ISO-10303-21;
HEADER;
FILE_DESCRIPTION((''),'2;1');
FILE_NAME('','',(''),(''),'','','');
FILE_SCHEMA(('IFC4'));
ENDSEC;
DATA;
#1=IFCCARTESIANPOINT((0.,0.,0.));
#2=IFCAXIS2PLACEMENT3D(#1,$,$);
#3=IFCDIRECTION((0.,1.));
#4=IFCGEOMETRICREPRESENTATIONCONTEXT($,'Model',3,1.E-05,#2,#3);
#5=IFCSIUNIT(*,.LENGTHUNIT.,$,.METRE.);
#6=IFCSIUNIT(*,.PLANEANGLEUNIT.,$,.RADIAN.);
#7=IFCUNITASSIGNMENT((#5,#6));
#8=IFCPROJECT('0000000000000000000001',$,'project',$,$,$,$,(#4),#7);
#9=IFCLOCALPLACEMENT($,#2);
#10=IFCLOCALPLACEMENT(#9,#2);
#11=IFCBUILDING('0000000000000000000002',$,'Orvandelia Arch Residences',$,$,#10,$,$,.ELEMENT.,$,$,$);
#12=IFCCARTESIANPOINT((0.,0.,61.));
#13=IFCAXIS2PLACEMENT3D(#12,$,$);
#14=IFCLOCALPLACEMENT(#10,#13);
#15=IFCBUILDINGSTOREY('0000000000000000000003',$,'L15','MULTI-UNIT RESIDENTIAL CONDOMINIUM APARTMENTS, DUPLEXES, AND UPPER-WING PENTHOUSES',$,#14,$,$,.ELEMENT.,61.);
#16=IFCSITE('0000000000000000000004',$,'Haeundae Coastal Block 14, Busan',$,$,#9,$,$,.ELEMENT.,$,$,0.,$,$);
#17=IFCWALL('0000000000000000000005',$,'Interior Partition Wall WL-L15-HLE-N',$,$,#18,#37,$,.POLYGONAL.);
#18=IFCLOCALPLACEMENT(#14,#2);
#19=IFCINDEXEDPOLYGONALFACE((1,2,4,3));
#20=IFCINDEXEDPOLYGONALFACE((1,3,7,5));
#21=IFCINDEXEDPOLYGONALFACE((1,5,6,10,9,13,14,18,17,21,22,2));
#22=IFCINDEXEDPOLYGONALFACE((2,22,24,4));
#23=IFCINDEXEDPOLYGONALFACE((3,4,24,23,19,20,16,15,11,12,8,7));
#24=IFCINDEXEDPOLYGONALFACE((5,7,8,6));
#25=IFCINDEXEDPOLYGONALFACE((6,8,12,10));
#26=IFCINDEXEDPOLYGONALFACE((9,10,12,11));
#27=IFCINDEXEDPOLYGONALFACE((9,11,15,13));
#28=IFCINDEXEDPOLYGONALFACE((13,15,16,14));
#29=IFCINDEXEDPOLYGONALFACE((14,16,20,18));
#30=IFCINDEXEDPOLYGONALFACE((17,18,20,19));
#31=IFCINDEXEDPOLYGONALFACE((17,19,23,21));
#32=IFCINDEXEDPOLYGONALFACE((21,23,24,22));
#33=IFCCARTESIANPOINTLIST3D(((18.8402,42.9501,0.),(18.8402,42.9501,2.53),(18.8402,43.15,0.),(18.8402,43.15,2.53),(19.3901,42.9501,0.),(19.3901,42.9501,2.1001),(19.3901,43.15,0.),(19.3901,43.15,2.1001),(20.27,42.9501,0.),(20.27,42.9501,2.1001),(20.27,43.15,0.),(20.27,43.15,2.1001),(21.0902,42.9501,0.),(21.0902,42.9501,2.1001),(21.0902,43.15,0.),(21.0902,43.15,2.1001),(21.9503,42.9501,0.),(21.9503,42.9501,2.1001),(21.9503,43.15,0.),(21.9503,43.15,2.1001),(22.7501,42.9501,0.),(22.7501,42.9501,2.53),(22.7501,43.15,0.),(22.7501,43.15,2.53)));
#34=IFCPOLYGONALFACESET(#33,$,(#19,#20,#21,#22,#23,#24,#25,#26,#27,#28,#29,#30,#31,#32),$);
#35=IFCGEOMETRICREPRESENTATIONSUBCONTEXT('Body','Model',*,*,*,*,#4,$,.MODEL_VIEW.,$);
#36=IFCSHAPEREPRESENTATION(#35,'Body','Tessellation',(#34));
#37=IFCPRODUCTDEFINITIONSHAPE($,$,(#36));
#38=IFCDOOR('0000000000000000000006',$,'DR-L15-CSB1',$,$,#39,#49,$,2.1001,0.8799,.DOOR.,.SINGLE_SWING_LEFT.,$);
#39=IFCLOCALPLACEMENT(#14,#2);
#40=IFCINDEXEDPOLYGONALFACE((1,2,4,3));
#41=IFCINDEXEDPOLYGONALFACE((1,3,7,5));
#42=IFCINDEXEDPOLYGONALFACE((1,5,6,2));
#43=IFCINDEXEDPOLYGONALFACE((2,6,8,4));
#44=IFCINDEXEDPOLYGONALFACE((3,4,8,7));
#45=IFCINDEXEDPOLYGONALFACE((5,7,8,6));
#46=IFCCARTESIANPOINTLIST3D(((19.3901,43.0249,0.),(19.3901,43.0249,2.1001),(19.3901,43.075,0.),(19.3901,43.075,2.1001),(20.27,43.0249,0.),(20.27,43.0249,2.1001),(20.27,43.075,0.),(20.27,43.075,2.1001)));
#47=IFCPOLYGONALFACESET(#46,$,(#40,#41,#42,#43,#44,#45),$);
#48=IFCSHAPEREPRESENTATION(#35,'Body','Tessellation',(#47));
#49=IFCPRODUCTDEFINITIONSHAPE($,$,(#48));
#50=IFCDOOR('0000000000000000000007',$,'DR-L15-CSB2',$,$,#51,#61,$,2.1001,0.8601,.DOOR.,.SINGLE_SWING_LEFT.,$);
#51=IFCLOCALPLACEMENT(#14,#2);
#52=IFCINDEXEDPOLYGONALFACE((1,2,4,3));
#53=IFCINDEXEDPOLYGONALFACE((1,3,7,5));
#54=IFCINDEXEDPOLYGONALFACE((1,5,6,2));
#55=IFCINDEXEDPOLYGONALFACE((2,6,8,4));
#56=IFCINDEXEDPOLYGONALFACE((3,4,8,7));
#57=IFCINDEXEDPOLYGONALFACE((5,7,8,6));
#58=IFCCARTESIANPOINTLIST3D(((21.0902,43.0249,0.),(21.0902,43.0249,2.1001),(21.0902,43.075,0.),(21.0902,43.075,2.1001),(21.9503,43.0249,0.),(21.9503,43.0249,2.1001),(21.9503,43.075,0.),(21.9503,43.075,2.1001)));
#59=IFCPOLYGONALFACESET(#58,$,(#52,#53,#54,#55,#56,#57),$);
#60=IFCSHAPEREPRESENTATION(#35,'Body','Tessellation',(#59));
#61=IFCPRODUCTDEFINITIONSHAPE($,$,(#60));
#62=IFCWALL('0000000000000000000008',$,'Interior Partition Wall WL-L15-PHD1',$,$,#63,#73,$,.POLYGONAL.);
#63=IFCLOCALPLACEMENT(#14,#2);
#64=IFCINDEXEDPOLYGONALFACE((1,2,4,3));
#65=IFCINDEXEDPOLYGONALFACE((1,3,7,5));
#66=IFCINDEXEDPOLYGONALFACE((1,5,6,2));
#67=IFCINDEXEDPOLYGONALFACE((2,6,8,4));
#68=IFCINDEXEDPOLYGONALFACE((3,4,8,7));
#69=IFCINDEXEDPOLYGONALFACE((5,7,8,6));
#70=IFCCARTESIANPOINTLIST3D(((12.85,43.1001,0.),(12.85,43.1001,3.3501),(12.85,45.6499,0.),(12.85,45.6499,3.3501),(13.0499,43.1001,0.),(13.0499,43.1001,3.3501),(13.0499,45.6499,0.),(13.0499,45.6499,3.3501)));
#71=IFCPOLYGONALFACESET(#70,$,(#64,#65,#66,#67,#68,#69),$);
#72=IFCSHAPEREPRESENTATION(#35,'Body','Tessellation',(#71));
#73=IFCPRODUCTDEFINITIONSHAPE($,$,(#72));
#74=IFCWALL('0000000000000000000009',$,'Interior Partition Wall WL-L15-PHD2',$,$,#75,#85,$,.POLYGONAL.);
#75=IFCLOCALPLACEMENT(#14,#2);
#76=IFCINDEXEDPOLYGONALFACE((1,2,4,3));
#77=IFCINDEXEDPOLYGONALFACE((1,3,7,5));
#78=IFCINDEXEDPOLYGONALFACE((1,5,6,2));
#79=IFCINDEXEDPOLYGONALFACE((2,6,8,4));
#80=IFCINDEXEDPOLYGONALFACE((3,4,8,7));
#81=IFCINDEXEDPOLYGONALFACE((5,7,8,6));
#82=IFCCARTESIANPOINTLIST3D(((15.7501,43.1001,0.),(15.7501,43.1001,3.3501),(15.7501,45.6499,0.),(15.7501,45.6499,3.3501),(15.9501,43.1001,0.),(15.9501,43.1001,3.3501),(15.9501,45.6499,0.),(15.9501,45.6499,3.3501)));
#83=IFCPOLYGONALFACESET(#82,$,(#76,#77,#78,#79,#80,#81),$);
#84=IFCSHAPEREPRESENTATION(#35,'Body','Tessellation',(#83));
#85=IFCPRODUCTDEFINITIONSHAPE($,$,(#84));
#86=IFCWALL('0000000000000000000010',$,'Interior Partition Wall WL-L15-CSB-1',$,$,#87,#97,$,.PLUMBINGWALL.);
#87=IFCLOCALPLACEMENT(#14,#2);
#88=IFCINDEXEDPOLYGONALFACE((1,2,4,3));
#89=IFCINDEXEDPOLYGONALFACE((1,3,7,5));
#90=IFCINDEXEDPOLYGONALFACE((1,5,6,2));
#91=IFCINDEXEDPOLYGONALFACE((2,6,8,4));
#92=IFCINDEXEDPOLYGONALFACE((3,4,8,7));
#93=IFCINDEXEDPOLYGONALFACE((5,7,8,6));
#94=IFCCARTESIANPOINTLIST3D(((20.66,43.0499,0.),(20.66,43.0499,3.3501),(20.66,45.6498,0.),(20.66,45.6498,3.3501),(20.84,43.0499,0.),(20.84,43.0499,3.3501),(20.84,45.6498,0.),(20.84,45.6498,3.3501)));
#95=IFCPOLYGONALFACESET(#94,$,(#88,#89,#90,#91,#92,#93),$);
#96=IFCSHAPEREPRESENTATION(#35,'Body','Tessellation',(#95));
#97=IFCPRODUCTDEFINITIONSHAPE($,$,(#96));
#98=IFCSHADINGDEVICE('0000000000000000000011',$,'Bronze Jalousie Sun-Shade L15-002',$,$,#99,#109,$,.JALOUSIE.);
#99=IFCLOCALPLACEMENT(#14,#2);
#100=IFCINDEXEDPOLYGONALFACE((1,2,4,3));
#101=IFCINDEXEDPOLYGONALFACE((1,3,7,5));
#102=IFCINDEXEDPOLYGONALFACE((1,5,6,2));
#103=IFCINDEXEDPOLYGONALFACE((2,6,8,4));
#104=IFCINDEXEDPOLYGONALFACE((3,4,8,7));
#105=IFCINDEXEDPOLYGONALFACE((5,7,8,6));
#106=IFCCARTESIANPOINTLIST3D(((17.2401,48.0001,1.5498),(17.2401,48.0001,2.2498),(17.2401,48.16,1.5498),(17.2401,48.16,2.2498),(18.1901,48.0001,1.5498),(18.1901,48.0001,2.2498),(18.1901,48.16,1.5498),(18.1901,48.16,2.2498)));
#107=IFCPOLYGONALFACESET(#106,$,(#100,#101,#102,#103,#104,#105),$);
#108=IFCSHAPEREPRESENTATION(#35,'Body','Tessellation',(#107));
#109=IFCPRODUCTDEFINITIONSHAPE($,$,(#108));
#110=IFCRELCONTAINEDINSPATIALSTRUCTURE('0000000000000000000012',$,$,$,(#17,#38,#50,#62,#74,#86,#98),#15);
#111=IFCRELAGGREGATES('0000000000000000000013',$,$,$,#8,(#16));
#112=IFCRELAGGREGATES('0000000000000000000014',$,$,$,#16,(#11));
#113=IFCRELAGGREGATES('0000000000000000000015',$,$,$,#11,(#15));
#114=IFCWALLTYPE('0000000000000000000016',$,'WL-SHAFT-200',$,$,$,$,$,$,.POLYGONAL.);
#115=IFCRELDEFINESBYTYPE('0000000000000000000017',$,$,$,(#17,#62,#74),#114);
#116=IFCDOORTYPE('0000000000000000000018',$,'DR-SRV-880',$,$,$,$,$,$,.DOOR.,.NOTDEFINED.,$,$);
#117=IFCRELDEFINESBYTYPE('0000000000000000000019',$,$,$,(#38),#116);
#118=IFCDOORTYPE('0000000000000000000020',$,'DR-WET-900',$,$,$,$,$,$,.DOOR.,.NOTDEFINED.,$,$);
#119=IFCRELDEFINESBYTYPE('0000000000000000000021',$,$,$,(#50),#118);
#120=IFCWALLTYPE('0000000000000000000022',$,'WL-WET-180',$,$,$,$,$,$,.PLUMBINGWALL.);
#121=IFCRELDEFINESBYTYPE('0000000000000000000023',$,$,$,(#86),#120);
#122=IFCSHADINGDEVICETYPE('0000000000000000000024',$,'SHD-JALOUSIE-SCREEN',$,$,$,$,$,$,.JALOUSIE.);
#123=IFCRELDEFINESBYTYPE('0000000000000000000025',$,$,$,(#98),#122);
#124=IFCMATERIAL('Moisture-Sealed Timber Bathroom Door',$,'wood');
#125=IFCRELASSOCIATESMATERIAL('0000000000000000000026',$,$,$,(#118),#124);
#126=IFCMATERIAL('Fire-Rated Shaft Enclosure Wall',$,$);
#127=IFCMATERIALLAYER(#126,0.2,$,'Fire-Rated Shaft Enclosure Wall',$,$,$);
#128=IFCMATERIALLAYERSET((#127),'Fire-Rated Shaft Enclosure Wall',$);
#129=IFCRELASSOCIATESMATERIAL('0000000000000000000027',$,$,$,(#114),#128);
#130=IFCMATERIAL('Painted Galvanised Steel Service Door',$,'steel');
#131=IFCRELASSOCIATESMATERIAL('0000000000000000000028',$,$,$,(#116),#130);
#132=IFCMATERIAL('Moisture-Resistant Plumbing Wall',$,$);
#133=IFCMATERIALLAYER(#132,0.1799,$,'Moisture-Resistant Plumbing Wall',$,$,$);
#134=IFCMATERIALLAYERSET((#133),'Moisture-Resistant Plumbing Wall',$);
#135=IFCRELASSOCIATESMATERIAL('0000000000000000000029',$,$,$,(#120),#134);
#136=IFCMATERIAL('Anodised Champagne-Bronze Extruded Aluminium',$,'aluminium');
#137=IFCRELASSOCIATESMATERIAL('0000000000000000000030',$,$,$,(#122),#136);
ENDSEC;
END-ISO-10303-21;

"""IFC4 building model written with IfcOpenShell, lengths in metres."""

from ifc_helpers import new_model, si_unit, direction, frame, frame_2d, origin, origin_2d, place, context, subcontext, project, spatial, rectangle, extrude, material, layer, layer_set, type_object, element, fill, save


model = new_model("IFC4")

# Units and contexts
model_context = context("Model", 3, precision=1e-05, world=origin(), true_north=direction((0.0, 1.0)))
body_context = subcontext(model_context, "Body", "Model", "MODEL_VIEW")
ifc_project = project(units=[si_unit("LENGTHUNIT", "METRE"), si_unit("PLANEANGLEUNIT", "RADIAN")], contexts=[model_context])

# Site, building, storey
site_placement = place(None, origin())
site = spatial("IfcSite", under=ifc_project, at=site_placement, Name="Haeundae Coastal Block 14, Busan", CompositionType="ELEMENT", RefElevation=0.0)
building_placement = place(site_placement, origin())
building = spatial("IfcBuilding", under=site, at=building_placement, Name="Orvandelia Arch Residences", CompositionType="ELEMENT")
storey_placement = place(building_placement, frame((0.0, 0.0, 61.0)))
storey = spatial("IfcBuildingStorey", under=building, at=storey_placement, Name="L15", Description="MULTI-UNIT RESIDENTIAL CONDOMINIUM APARTMENTS, DUPLEXES, AND UPPER-WING PENTHOUSES", CompositionType="ELEMENT", Elevation=61.0)

# Shared definitions
ifc_material_1 = material(Name="Moisture-Sealed Timber Bathroom Door", Category="wood")
door_type_1 = type_object("IfcDoorType", Name="DR-WET-900", OperationType="NOTDEFINED", PredefinedType="DOOR", material=ifc_material_1)

# Shared definitions
ifc_material_2 = material(Name="Fire-Rated Shaft Enclosure Wall")
ifc_layer_1 = layer(ifc_material_2, 0.2, Name="Fire-Rated Shaft Enclosure Wall")
ifc_layer_set_1 = layer_set([ifc_layer_1], Name="Fire-Rated Shaft Enclosure Wall")
wall_type_1 = type_object("IfcWallType", Name="WL-SHAFT-200", PredefinedType="POLYGONAL", material=ifc_layer_set_1)

# Wall, openings, doors
ifc_material_3 = material(Name="Painted Galvanised Steel Service Door", Category="steel")
door_type_2 = type_object("IfcDoorType", Name="DR-SRV-880", OperationType="NOTDEFINED", PredefinedType="DOOR", material=ifc_material_3)
wall_1_placement = place(storey_placement, frame((18.8401, 43.05, 0.0), z_axis=(0.0, 0.0, 1.0), x_axis=(1.0, 0.0, 0.0)))
wall_1 = element("IfcWall", 1, at=wall_1_placement, inside=storey, type_object=wall_type_1, Name="Interior Partition Wall WL-L15-HLE-N", PredefinedType="POLYGONAL", context=body_context, shape_type="SweptSolid", body=[
    extrude(rectangle(XDim=3.9099, YDim=0.2, at=frame_2d((1.9551, 0.0))), origin(), (0.0, 0.0, 1.0), 2.53),
])
opening_1_placement = place(wall_1_placement, frame((0.55, 0.0, 0.0)))
opening_1 = element("IfcOpeningElement", 2, at=opening_1_placement, cuts=wall_1, PredefinedType="OPENING", context=body_context, shape_type="SweptSolid", body=[
    extrude(rectangle(XDim=0.8799, YDim=2.1001, at=frame_2d((0.4399, 1.05))), frame((0.0, 0.1099, 0.0), z_axis=(0.0, -1.0, 0.0), x_axis=(1.0, 0.0, 0.0)), (0.0, 0.0, 1.0), 0.22),
])
opening_2_placement = place(wall_1_placement, frame((2.25, 0.0, 0.0)))
opening_2 = element("IfcOpeningElement", 3, at=opening_2_placement, cuts=wall_1, PredefinedType="OPENING", context=body_context, shape_type="SweptSolid", body=[
    extrude(rectangle(XDim=0.8601, YDim=2.1001, at=frame_2d((0.4302, 1.05))), frame((0.0, 0.1099, 0.0), z_axis=(0.0, -1.0, 0.0), x_axis=(1.0, 0.0, 0.0)), (0.0, 0.0, 1.0), 0.22),
])
door_1_placement = place(opening_1_placement, origin())
door_1 = element("IfcDoor", 4, at=door_1_placement, inside=storey, type_object=door_type_2, Name="DR-L15-CSB1", OperationType="SINGLE_SWING_LEFT", OverallHeight=2.1001, OverallWidth=0.8799, PredefinedType="DOOR", context=body_context, shape_type="SweptSolid", body=[
    extrude(rectangle(XDim=0.8799, YDim=2.1001, at=frame_2d((0.4399, 1.05))), frame((0.0, 0.0249, 0.0), z_axis=(0.0, -1.0, 0.0), x_axis=(1.0, 0.0, 0.0)), (0.0, 0.0, 1.0), 0.05),
])
fill(opening_1, door_1)
door_2_placement = place(opening_2_placement, origin())
door_2 = element("IfcDoor", 5, at=door_2_placement, inside=storey, type_object=door_type_1, Name="DR-L15-CSB2", OperationType="SINGLE_SWING_LEFT", OverallHeight=2.1001, OverallWidth=0.8601, PredefinedType="DOOR", context=body_context, shape_type="SweptSolid", body=[
    extrude(rectangle(XDim=0.8601, YDim=2.1001, at=frame_2d((0.4302, 1.05))), frame((0.0, 0.0249, 0.0), z_axis=(0.0, -1.0, 0.0), x_axis=(1.0, 0.0, 0.0)), (0.0, 0.0, 1.0), 0.05),
])
fill(opening_2, door_2)

# Walls
for number, where, z_axis, x_axis, name in (
    (6, (12.95, 43.1001, 0.0), (0.0, 0.0, 1.0), (0.0, 1.0, 0.0), "Interior Partition Wall WL-L15-PHD1"),
    (7, (15.8501, 43.1001, 0.0), (0.0, 0.0, 1.0), (0.0, 1.0, 0.0), "Interior Partition Wall WL-L15-PHD2"),
):
    element("IfcWall", number, at=place(storey_placement, frame(where, z_axis=z_axis, x_axis=x_axis)), inside=storey, type_object=wall_type_1, Name=name, PredefinedType="POLYGONAL", context=body_context, shape_type="SweptSolid", body=[
        extrude(rectangle(XDim=2.5498, YDim=0.2, at=frame_2d((1.2749, 0.0))), origin(), (0.0, 0.0, 1.0), 3.3501),
    ])
ifc_material_4 = material(Name="Moisture-Resistant Plumbing Wall")
ifc_layer_2 = layer(ifc_material_4, 0.1799, Name="Moisture-Resistant Plumbing Wall")
ifc_layer_set_2 = layer_set([ifc_layer_2], Name="Moisture-Resistant Plumbing Wall")
wall_type_2 = type_object("IfcWallType", Name="WL-WET-180", PredefinedType="PLUMBINGWALL", material=ifc_layer_set_2)
wall_2_placement = place(storey_placement, frame((20.75, 43.05, 0.0), z_axis=(0.0, 0.0, 1.0), x_axis=(0.0, 1.0, 0.0)))
element("IfcWall", 8, at=wall_2_placement, inside=storey, type_object=wall_type_2, Name="Interior Partition Wall WL-L15-CSB-1", PredefinedType="PLUMBINGWALL", context=body_context, shape_type="SweptSolid", body=[
    extrude(rectangle(XDim=2.5999, YDim=0.1799, at=frame_2d((1.2998, 0.0))), origin(), (0.0, 0.0, 1.0), 3.3501),
])

# Shading device
ifc_material_5 = material(Name="Anodised Champagne-Bronze Extruded Aluminium", Category="aluminium")
shading_device_type = type_object("IfcShadingDeviceType", Name="SHD-JALOUSIE-SCREEN", PredefinedType="JALOUSIE", material=ifc_material_5)
shading_device_placement = place(storey_placement, frame((17.7151, 48.0801, 1.5498), z_axis=(0.0, 0.0, 1.0), x_axis=(1.0, 0.0, 0.0)))
element("IfcShadingDevice", 9, at=shading_device_placement, inside=storey, type_object=shading_device_type, Name="Bronze Jalousie Sun-Shade L15-002", PredefinedType="JALOUSIE", context=body_context, shape_type="SweptSolid", body=[
    extrude(rectangle(XDim=0.95, YDim=0.1599, at=origin_2d()), origin(), (0.0, 0.0, 1.0), 0.7),
])

save(model, "model.ifc")
